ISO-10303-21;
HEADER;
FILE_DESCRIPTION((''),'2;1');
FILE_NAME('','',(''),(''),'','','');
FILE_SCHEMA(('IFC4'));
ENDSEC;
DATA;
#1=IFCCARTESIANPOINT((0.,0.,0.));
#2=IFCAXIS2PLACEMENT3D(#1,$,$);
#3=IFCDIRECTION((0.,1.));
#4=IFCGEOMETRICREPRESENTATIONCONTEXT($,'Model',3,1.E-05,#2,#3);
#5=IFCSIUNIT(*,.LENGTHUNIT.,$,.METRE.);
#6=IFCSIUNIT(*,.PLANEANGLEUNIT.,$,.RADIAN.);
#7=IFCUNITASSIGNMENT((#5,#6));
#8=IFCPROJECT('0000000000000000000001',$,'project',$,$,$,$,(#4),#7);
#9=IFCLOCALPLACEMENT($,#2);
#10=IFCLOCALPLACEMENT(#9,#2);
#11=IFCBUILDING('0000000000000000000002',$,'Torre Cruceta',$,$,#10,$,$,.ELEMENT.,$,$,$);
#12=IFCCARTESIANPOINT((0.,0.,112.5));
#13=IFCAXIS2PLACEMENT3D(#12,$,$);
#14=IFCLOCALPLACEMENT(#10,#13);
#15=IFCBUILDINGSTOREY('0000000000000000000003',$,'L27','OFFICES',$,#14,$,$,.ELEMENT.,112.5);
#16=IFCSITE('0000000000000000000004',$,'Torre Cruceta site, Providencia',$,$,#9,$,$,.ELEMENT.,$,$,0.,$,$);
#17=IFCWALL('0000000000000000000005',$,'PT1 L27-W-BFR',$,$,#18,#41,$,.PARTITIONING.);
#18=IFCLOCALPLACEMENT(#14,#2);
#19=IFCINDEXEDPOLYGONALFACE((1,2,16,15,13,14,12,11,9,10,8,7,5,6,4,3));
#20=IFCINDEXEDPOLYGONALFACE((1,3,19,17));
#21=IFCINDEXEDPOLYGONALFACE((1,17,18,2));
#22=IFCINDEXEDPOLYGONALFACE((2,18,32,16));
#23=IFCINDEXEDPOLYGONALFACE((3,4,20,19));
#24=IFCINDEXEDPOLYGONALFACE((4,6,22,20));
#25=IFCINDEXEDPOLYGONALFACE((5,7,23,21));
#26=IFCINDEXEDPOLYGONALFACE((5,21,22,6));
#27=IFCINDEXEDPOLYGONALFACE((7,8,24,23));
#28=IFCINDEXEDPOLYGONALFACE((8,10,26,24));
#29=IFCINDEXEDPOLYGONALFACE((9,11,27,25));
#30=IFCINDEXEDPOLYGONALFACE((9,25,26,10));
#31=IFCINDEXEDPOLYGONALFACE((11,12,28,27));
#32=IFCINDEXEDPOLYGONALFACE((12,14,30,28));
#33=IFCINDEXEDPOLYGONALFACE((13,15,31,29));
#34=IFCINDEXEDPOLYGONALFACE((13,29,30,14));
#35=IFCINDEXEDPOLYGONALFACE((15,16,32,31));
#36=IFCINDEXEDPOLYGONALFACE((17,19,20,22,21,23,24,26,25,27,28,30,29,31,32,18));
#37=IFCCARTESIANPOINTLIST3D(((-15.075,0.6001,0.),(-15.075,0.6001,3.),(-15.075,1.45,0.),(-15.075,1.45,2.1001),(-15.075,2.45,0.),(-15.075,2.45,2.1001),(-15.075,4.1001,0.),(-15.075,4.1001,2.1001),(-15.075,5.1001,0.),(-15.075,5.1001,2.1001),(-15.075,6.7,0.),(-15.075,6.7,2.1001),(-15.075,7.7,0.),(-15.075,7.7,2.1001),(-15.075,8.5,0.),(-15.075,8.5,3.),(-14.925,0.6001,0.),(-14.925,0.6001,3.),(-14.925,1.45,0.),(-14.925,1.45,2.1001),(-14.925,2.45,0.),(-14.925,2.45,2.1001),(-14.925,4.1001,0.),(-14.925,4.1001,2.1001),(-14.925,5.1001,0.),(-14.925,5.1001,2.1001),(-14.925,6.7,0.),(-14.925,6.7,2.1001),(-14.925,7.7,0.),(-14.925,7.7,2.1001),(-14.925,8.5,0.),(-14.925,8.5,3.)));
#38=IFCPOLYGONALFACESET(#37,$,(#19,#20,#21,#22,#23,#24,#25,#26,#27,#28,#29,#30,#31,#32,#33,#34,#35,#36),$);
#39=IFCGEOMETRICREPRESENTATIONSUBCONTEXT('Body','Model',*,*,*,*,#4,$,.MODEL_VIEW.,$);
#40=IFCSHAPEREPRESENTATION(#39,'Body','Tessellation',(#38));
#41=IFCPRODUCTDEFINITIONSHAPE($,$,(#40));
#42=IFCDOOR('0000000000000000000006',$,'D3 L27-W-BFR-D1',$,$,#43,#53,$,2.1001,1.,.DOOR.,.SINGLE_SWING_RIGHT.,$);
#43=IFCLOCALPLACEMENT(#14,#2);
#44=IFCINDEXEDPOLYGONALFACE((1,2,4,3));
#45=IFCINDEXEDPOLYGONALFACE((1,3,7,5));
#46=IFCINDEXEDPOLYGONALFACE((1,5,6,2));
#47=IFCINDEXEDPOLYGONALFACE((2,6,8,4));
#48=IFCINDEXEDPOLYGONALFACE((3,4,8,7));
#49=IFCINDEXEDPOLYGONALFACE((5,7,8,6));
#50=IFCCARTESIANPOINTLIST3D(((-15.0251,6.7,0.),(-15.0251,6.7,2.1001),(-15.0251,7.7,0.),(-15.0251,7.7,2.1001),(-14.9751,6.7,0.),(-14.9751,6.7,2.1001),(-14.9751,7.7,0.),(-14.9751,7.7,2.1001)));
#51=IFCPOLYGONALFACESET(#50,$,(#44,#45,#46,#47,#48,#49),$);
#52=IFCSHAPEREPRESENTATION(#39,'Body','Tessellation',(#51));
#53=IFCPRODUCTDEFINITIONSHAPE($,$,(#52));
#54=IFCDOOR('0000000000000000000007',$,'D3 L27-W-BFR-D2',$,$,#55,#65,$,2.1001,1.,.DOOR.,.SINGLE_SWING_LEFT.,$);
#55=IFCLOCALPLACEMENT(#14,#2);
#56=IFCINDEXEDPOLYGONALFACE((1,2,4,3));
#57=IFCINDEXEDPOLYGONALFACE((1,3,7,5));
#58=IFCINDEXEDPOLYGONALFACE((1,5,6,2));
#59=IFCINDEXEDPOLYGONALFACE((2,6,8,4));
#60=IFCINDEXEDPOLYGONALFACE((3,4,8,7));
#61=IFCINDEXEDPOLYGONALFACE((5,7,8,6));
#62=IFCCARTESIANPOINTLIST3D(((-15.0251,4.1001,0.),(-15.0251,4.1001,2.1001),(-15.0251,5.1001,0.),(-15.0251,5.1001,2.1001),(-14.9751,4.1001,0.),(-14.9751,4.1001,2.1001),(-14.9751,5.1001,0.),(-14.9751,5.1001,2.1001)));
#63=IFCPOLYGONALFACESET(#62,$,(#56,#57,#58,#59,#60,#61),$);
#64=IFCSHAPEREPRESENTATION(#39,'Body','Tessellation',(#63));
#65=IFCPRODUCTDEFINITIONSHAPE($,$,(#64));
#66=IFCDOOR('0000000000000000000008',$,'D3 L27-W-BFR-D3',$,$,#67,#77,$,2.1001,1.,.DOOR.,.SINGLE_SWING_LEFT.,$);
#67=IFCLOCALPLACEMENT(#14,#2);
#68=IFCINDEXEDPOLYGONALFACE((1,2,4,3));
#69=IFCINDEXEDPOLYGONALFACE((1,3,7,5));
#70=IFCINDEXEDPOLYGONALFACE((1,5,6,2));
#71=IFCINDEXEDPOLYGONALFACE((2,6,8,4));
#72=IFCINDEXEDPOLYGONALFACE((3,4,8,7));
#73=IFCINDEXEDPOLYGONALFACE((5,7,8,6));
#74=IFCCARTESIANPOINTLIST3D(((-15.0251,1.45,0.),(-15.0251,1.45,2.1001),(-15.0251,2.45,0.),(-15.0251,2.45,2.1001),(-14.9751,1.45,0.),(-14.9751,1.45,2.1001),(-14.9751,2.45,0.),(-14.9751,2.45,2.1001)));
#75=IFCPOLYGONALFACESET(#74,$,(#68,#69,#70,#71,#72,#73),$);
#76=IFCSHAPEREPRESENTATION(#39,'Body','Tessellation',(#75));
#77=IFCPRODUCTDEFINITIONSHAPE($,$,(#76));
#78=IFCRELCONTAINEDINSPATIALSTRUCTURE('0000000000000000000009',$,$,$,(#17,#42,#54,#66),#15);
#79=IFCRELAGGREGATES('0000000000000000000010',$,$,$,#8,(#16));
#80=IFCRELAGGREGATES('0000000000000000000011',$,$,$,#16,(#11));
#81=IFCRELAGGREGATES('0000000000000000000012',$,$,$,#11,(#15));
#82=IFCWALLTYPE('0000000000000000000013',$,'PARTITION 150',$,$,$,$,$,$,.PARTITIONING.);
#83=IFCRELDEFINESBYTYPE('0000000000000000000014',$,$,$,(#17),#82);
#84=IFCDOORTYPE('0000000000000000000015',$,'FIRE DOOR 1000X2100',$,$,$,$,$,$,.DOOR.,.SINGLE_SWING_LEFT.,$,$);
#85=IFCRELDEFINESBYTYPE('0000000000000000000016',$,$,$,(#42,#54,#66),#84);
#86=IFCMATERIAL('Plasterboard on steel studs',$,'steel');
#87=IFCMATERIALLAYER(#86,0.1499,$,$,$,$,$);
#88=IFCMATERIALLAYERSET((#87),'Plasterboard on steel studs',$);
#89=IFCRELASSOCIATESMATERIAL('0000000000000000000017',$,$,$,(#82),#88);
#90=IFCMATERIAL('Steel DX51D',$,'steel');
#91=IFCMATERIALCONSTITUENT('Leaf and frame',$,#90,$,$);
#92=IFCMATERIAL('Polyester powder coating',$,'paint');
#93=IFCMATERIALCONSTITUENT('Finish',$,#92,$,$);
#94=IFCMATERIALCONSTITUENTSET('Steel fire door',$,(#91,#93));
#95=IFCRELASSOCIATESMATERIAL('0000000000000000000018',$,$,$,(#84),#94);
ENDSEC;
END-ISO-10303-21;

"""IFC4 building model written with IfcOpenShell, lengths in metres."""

from ifc_helpers import new_model, si_unit, direction, frame, frame_2d, origin, place, context, subcontext, project, spatial, rectangle, extrude, material, layer, layer_set, constituent, constituent_set, type_object, element, fill, save


model = new_model("IFC4")

# Units and contexts
model_context = context("Model", 3, precision=1e-05, world=origin(), true_north=direction((0.0, 1.0)))
body_context = subcontext(model_context, "Body", "Model", "MODEL_VIEW")
ifc_project = project(units=[si_unit("LENGTHUNIT", "METRE"), si_unit("PLANEANGLEUNIT", "RADIAN")], contexts=[model_context])

# Site, building, storey
site_placement = place(None, origin())
site = spatial("IfcSite", under=ifc_project, at=site_placement, Name="Torre Cruceta site, Providencia", CompositionType="ELEMENT", RefElevation=0.0)
building_placement = place(site_placement, origin())
building = spatial("IfcBuilding", under=site, at=building_placement, Name="Torre Cruceta", CompositionType="ELEMENT")
storey_placement = place(building_placement, frame((0.0, 0.0, 112.5)))
storey = spatial("IfcBuildingStorey", under=building, at=storey_placement, Name="L27", Description="OFFICES", CompositionType="ELEMENT", Elevation=112.5)

# Wall, openings, doors
ifc_material_1 = material(Name="Plasterboard on steel studs", Category="steel")
ifc_layer_1 = layer(ifc_material_1, 0.1499)
ifc_layer_set_1 = layer_set([ifc_layer_1], Name="Plasterboard on steel studs")
wall_type = type_object("IfcWallType", Name="PARTITION 150", PredefinedType="PARTITIONING", material=ifc_layer_set_1)
ifc_material_2 = material(Name="Steel DX51D", Category="steel")
ifc_constituent_1 = constituent(ifc_material_2, Name="Leaf and frame")
ifc_material_3 = material(Name="Polyester powder coating", Category="paint")
ifc_constituent_2 = constituent(ifc_material_3, Name="Finish")
ifc_constituent_set = constituent_set(constituents=[ifc_constituent_1, ifc_constituent_2], Name="Steel fire door")
door_type = type_object("IfcDoorType", Name="FIRE DOOR 1000X2100", OperationType="SINGLE_SWING_LEFT", PredefinedType="DOOR", material=ifc_constituent_set)
wall_1_placement = place(storey_placement, frame((-15.0, 8.5, 0.0), z_axis=(0.0, 0.0, 1.0), x_axis=(0.0, -1.0, 0.0)))
wall_1 = element("IfcWall", 1, at=wall_1_placement, inside=storey, type_object=wall_type, Name="PT1 L27-W-BFR", PredefinedType="PARTITIONING", context=body_context, shape_type="SweptSolid", body=[
    extrude(rectangle(XDim=7.8999, YDim=0.1499, at=frame_2d((3.95, 0.0))), origin(), (0.0, 0.0, 1.0), 3.0),
])
opening_1_placement = place(wall_1_placement, frame((0.8, 0.0, 0.0)))
opening_1 = element("IfcOpeningElement", 2, at=opening_1_placement, cuts=wall_1, PredefinedType="OPENING", context=body_context, shape_type="SweptSolid", body=[
    extrude(rectangle(XDim=1.0, YDim=2.1001, at=frame_2d((0.5, 1.05))), frame((0.0, 0.085, 0.0), z_axis=(0.0, -1.0, 0.0), x_axis=(1.0, 0.0, 0.0)), (0.0, 0.0, 1.0), 0.1699),
])
opening_2_placement = place(wall_1_placement, frame((3.3999, 0.0, 0.0)))
opening_2 = element("IfcOpeningElement", 3, at=opening_2_placement, cuts=wall_1, PredefinedType="OPENING", context=body_context, shape_type="SweptSolid", body=[
    extrude(rectangle(XDim=1.0, YDim=2.1001, at=frame_2d((0.5, 1.05))), frame((0.0, 0.085, 0.0), z_axis=(0.0, -1.0, 0.0), x_axis=(1.0, 0.0, 0.0)), (0.0, 0.0, 1.0), 0.1699),
])
opening_3_placement = place(wall_1_placement, frame((6.05, 0.0, 0.0)))
opening_3 = element("IfcOpeningElement", 4, at=opening_3_placement, cuts=wall_1, PredefinedType="OPENING", context=body_context, shape_type="SweptSolid", body=[
    extrude(rectangle(XDim=1.0, YDim=2.1001, at=frame_2d((0.5, 1.05))), frame((0.0, 0.085, 0.0), z_axis=(0.0, -1.0, 0.0), x_axis=(1.0, 0.0, 0.0)), (0.0, 0.0, 1.0), 0.1699),
])
door_1_placement = place(opening_1_placement, origin())
door_1 = element("IfcDoor", 5, at=door_1_placement, inside=storey, type_object=door_type, Name="D3 L27-W-BFR-D1", OperationType="SINGLE_SWING_RIGHT", OverallHeight=2.1001, OverallWidth=1.0, PredefinedType="DOOR", context=body_context, shape_type="SweptSolid", body=[
    extrude(rectangle(XDim=1.0, YDim=2.1001, at=frame_2d((0.5, 1.05))), frame((0.0, 0.0249, 0.0), z_axis=(0.0, -1.0, 0.0), x_axis=(1.0, 0.0, 0.0)), (0.0, 0.0, 1.0), 0.05),
])
fill(opening_1, door_1)
door_2_placement = place(opening_2_placement, origin())
door_2 = element("IfcDoor", 6, at=door_2_placement, inside=storey, type_object=door_type, Name="D3 L27-W-BFR-D2", OperationType="SINGLE_SWING_LEFT", OverallHeight=2.1001, OverallWidth=1.0, PredefinedType="DOOR", context=body_context, shape_type="SweptSolid", body=[
    extrude(rectangle(XDim=1.0, YDim=2.1001, at=frame_2d((0.5, 1.05))), frame((0.0, 0.0249, 0.0), z_axis=(0.0, -1.0, 0.0), x_axis=(1.0, 0.0, 0.0)), (0.0, 0.0, 1.0), 0.05),
])
fill(opening_2, door_2)
door_3_placement = place(opening_3_placement, origin())
door_3 = element("IfcDoor", 7, at=door_3_placement, inside=storey, type_object=door_type, Name="D3 L27-W-BFR-D3", OperationType="SINGLE_SWING_LEFT", OverallHeight=2.1001, OverallWidth=1.0, PredefinedType="DOOR", context=body_context, shape_type="SweptSolid", body=[
    extrude(rectangle(XDim=1.0, YDim=2.1001, at=frame_2d((0.5, 1.05))), frame((0.0, 0.0249, 0.0), z_axis=(0.0, -1.0, 0.0), x_axis=(1.0, 0.0, 0.0)), (0.0, 0.0, 1.0), 0.05),
])
fill(opening_3, door_3)

save(model, "model.ifc")
